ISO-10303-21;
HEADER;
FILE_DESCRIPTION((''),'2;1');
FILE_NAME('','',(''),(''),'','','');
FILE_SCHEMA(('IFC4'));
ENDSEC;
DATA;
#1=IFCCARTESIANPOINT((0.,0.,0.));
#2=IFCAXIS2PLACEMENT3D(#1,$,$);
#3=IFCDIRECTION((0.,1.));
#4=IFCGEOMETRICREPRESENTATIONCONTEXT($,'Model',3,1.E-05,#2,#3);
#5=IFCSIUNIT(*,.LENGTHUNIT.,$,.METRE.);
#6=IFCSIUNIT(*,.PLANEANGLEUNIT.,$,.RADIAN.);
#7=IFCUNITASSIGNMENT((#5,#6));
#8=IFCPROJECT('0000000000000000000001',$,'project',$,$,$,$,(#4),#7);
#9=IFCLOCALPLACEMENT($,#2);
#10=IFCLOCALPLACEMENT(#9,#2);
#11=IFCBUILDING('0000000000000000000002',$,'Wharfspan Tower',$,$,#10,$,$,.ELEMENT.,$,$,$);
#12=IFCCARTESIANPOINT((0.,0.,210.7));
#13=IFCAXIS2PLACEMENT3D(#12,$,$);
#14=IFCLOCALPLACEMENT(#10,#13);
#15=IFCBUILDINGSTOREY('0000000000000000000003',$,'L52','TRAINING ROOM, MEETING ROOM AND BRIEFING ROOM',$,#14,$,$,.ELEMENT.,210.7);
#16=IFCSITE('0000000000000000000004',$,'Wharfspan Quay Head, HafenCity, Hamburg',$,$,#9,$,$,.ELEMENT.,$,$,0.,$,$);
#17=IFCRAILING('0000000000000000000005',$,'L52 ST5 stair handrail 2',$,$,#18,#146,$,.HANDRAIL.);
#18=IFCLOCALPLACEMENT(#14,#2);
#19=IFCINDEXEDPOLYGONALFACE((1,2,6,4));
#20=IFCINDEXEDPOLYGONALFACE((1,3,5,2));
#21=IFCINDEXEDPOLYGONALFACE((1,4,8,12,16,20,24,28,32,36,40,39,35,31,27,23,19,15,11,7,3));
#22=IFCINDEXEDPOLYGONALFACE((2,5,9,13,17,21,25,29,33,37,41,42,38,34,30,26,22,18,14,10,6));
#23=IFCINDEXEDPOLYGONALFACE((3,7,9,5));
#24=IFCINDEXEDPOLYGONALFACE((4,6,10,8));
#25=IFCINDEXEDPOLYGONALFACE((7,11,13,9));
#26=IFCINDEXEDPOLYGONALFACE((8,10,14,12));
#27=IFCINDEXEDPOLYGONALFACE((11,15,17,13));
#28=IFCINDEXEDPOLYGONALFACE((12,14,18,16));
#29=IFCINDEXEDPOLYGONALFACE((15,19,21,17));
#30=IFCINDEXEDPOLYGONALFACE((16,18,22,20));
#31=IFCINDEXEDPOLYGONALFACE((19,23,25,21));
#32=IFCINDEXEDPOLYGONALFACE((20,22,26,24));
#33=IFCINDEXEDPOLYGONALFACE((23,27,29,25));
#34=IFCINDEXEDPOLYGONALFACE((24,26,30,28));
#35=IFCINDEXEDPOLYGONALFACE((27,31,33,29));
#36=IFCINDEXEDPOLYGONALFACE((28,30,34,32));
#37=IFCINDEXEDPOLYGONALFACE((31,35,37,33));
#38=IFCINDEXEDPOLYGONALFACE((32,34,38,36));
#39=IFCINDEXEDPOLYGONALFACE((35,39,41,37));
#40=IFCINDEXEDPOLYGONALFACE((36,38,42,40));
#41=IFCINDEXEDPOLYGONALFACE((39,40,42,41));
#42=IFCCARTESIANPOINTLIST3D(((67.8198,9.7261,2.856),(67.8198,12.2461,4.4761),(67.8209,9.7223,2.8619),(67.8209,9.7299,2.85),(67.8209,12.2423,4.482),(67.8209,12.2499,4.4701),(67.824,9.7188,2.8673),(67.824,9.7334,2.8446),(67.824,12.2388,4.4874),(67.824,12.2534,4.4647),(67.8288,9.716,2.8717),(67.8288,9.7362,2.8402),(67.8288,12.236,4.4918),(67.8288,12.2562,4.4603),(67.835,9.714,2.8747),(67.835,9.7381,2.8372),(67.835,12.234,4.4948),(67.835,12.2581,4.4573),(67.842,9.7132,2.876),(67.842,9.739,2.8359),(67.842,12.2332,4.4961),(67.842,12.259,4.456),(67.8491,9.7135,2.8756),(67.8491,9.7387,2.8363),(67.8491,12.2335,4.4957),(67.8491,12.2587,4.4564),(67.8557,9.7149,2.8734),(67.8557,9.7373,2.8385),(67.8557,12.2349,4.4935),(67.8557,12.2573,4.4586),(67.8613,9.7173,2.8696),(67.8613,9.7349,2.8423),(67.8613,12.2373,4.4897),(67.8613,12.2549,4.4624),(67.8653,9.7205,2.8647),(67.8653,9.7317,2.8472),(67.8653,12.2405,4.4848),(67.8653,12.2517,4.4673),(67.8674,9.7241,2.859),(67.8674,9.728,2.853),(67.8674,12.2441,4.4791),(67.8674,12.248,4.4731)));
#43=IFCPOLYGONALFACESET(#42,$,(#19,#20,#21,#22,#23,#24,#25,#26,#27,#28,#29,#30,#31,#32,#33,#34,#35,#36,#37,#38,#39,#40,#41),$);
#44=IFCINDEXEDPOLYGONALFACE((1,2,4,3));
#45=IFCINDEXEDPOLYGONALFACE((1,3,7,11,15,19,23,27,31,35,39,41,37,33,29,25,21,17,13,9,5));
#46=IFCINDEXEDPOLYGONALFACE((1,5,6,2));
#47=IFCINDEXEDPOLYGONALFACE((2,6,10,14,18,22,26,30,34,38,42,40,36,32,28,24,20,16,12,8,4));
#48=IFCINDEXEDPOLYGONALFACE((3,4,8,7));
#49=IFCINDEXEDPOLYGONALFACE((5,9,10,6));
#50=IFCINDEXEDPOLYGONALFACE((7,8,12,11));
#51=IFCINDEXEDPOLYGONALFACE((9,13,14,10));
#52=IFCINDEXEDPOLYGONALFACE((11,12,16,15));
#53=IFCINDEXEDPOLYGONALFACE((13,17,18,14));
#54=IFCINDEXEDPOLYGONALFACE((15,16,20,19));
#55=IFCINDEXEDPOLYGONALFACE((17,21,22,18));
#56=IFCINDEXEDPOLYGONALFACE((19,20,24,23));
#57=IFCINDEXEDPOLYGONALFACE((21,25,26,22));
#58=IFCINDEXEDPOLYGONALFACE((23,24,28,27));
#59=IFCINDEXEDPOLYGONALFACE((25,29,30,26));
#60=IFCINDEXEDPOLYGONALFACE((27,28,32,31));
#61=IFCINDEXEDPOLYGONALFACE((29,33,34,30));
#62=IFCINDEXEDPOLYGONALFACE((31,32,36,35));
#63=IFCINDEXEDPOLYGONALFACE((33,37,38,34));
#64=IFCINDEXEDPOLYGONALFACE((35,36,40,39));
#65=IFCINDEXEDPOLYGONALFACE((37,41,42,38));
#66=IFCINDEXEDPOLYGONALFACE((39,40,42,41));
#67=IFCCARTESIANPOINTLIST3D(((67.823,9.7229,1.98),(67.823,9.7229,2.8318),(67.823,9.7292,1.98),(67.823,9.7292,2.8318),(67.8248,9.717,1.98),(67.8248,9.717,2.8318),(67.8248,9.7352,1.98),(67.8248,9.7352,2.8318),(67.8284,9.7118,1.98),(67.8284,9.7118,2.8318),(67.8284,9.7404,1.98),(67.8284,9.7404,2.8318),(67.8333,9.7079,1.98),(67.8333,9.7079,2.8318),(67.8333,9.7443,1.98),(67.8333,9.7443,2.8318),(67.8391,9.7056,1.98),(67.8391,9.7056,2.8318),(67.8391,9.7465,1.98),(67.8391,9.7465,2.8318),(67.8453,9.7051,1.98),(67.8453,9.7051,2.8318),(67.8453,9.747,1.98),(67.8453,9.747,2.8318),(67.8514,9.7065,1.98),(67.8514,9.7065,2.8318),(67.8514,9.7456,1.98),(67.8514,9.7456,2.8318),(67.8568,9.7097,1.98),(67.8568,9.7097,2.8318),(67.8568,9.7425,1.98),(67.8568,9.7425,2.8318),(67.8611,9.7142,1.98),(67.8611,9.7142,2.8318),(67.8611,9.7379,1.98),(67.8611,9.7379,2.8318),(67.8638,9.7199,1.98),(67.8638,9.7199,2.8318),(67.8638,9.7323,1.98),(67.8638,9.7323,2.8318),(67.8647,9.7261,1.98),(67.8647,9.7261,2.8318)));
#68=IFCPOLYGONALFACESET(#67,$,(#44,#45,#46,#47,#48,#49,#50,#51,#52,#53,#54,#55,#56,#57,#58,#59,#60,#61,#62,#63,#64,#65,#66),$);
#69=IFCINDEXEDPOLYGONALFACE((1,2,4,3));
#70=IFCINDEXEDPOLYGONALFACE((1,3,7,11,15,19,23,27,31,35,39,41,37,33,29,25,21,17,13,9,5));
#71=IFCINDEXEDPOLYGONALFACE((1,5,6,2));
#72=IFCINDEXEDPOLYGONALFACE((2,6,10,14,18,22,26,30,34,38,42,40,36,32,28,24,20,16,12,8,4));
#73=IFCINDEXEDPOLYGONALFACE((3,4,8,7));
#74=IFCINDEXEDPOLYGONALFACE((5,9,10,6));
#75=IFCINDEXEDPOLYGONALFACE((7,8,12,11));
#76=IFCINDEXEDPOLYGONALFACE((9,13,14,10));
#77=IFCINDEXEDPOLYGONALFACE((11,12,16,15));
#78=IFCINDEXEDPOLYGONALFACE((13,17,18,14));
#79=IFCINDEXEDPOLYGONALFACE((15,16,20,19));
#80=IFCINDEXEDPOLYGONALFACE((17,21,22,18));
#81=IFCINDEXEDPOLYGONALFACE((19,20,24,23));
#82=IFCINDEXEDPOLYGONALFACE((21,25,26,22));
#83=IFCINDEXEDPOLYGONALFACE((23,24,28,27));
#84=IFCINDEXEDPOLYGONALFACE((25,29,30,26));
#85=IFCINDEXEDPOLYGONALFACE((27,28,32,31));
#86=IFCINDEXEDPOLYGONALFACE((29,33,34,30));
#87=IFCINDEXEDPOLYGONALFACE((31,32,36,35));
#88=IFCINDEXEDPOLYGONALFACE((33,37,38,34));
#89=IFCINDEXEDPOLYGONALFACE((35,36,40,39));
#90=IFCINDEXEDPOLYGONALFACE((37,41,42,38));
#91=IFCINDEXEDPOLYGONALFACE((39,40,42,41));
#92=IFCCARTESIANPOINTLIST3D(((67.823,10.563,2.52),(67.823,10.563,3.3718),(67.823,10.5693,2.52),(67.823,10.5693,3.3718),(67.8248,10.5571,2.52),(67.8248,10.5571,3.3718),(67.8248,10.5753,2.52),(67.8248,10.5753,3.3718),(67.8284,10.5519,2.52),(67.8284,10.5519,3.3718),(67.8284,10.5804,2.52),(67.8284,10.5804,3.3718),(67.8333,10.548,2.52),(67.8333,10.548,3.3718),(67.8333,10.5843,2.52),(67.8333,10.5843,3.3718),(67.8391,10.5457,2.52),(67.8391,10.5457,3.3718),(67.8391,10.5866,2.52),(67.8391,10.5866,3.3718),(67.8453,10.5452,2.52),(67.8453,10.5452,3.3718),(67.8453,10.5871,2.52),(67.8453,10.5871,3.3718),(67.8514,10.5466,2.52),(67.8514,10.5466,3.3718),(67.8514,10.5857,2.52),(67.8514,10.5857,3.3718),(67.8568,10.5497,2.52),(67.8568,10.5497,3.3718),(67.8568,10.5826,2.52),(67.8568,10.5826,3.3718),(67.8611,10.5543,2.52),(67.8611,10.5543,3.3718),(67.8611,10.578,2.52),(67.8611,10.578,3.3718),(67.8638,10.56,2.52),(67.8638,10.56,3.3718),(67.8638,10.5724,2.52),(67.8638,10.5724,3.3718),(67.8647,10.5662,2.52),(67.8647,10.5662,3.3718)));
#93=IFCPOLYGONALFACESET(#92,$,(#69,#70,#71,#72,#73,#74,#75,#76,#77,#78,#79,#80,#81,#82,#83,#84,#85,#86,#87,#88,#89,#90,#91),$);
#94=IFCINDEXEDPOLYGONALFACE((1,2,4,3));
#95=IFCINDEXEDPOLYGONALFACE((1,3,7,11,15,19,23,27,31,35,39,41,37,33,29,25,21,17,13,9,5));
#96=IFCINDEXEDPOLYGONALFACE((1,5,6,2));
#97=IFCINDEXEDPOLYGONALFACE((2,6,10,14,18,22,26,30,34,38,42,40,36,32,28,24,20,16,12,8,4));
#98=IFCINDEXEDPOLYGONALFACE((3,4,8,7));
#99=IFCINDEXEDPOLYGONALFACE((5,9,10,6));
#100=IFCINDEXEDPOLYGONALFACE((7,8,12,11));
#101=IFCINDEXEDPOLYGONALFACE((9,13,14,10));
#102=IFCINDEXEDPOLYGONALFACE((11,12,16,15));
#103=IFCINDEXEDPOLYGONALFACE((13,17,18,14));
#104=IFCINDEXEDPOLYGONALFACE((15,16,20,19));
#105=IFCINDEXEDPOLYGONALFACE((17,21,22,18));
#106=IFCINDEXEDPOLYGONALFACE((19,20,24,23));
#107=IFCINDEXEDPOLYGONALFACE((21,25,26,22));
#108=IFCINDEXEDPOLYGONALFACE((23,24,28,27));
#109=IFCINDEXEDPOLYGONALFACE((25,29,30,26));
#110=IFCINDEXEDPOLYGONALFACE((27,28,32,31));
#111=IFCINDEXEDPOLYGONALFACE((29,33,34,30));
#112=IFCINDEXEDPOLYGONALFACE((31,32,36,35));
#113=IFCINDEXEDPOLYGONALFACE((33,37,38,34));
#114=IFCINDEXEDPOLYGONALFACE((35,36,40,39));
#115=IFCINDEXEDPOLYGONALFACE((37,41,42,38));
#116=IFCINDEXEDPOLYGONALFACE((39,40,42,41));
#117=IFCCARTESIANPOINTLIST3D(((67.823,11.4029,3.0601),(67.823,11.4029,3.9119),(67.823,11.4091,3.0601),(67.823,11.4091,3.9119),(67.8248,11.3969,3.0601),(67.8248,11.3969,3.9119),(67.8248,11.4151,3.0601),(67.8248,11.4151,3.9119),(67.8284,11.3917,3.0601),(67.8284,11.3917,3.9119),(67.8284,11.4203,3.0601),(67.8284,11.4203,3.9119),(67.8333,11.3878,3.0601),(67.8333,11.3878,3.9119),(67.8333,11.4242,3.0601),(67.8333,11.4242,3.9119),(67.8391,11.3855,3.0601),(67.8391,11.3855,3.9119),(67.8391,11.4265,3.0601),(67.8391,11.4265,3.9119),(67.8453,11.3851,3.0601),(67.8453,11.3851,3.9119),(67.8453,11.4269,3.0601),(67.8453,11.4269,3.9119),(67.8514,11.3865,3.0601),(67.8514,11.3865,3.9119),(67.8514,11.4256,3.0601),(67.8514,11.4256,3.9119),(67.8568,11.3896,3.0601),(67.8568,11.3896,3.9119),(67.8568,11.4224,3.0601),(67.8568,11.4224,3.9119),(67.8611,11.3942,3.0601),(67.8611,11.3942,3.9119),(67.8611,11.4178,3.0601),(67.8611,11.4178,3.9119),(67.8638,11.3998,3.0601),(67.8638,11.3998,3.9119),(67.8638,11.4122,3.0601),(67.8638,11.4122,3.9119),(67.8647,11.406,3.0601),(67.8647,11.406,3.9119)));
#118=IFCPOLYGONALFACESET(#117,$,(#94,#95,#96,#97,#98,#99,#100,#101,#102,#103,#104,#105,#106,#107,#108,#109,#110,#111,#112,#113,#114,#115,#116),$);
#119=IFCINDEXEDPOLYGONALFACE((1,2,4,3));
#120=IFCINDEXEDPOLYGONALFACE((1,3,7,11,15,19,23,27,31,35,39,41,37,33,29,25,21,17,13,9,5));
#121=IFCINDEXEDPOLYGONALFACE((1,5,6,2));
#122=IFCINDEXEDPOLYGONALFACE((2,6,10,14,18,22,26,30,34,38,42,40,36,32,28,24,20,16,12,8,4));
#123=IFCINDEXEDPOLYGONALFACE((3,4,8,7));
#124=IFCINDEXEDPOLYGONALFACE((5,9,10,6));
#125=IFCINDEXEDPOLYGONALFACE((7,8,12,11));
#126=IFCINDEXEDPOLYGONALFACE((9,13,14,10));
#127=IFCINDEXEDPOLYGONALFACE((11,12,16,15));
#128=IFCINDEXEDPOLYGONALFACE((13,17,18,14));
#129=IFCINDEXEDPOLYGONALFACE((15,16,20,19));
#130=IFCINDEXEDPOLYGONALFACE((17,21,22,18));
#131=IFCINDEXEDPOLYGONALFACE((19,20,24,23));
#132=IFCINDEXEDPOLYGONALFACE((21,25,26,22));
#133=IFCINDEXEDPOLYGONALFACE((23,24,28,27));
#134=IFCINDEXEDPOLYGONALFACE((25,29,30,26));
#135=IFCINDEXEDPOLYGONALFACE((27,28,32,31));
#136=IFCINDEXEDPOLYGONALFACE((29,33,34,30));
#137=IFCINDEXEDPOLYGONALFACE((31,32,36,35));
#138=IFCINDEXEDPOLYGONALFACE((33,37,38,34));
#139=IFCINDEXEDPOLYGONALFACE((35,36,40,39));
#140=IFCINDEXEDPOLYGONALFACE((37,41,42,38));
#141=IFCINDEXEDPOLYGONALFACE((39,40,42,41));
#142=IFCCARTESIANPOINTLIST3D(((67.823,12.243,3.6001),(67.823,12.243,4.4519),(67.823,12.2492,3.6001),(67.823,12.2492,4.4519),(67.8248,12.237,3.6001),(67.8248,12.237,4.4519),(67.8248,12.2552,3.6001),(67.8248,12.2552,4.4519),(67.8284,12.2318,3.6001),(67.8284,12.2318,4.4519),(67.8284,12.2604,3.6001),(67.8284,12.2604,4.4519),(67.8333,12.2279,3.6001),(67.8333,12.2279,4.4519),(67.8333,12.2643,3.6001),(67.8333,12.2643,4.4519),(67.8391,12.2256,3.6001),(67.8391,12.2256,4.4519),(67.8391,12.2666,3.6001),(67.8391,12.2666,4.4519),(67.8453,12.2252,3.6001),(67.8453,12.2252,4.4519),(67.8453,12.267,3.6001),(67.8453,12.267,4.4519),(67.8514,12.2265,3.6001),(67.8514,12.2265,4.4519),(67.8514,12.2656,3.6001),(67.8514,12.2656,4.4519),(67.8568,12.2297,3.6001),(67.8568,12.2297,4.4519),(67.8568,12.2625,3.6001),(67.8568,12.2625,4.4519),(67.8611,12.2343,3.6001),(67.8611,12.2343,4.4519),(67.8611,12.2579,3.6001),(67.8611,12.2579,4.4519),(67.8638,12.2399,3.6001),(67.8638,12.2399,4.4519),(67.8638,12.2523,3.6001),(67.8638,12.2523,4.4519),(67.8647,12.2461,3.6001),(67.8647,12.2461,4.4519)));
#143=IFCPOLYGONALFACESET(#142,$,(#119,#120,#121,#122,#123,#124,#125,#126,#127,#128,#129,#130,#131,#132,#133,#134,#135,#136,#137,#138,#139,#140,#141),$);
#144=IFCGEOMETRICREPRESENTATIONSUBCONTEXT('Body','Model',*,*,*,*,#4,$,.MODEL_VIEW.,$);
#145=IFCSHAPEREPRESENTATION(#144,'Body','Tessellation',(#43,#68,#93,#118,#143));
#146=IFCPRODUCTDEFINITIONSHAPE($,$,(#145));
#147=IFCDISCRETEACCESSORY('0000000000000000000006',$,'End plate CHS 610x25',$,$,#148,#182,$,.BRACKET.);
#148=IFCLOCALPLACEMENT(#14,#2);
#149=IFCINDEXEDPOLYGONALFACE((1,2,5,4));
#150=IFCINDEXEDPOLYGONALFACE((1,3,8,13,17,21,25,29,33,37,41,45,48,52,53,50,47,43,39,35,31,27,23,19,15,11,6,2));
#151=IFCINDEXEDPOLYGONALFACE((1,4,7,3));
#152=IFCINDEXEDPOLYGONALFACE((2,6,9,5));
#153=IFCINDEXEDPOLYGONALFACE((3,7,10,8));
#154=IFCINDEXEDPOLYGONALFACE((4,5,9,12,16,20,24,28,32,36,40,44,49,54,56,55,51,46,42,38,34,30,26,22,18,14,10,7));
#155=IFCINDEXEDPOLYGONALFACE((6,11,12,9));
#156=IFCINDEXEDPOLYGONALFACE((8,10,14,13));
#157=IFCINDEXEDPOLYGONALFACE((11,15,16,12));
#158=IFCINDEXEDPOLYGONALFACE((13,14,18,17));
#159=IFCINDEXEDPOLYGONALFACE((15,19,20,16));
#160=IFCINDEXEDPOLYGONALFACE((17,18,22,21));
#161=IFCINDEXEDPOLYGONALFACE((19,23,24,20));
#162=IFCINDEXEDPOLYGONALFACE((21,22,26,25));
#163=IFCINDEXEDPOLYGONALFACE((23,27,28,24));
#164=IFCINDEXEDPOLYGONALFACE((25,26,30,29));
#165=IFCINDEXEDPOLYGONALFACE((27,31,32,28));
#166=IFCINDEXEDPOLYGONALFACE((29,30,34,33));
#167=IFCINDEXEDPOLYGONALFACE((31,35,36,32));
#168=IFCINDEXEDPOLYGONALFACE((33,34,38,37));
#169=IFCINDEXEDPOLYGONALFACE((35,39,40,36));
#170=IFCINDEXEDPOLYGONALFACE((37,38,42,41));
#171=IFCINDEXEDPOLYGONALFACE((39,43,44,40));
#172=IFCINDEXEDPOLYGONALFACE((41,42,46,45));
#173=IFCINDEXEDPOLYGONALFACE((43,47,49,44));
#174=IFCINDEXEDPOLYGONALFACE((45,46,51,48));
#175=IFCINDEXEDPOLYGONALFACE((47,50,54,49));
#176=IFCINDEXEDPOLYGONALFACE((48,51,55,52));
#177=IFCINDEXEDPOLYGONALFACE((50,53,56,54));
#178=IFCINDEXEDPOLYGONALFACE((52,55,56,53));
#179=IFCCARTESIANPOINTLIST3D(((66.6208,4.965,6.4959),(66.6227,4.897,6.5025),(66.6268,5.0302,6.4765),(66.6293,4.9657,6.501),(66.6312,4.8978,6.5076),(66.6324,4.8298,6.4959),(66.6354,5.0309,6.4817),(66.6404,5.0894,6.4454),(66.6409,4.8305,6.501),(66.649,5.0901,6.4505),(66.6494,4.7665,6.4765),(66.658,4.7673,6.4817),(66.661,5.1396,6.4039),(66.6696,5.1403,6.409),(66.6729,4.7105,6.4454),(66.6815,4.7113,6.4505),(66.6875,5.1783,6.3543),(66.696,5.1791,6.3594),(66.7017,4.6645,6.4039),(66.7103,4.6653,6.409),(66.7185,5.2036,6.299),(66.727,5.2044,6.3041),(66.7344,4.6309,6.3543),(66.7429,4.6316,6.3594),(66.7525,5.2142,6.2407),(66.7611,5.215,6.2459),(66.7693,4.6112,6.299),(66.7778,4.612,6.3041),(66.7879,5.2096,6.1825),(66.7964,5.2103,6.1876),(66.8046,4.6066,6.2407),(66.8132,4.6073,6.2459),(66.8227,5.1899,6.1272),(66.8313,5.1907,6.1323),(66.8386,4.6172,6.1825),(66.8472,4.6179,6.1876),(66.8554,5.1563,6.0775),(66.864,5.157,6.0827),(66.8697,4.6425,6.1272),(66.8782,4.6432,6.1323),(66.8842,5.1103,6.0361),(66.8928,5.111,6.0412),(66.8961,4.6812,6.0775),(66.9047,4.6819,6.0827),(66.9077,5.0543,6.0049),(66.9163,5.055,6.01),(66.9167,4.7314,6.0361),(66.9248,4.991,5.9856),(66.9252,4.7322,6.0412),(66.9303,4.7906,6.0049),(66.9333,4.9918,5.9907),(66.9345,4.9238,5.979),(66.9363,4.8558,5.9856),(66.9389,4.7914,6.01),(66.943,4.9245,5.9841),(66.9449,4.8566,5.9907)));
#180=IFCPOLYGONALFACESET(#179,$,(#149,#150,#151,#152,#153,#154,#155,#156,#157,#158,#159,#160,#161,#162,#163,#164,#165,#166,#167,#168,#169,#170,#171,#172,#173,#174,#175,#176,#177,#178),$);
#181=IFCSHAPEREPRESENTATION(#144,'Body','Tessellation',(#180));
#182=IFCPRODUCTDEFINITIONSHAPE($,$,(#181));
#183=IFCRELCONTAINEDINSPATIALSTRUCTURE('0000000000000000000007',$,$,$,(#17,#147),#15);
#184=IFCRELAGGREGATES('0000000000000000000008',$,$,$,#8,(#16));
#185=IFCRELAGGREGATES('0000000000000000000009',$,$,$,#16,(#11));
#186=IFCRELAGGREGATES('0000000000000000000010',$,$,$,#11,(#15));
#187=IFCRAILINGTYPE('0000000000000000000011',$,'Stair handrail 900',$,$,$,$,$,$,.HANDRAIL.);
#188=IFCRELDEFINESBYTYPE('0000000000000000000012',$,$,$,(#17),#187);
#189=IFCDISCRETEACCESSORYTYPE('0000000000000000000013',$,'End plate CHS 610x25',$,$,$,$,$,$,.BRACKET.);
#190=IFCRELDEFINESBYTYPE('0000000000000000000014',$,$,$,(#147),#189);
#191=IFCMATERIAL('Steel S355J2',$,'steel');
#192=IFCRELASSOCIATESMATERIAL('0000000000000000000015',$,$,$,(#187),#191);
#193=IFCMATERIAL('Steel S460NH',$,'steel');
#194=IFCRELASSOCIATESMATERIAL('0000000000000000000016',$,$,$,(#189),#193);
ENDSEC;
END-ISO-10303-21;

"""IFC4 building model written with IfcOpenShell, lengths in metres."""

from ifc_helpers import new_model, si_unit, direction, frame, origin, origin_2d, place, context, subcontext, project, spatial, circle, extrude, material, material_profile, profile_set, type_object, element, save


model = new_model("IFC4")

# Units and contexts
model_context = context("Model", 3, precision=1e-05, world=origin(), true_north=direction((0.0, 1.0)))
body_context = subcontext(model_context, "Body", "Model", "MODEL_VIEW")
ifc_project = project(units=[si_unit("LENGTHUNIT", "METRE"), si_unit("PLANEANGLEUNIT", "RADIAN")], contexts=[model_context])

# Site, building, storey
site_placement = place(None, origin())
site = spatial("IfcSite", under=ifc_project, at=site_placement, Name="Wharfspan Quay Head, HafenCity, Hamburg", CompositionType="ELEMENT", RefElevation=0.0)
building_placement = place(site_placement, origin())
building = spatial("IfcBuilding", under=site, at=building_placement, Name="Wharfspan Tower", CompositionType="ELEMENT")
storey_placement = place(building_placement, frame((0.0, 0.0, 210.7)))
storey = spatial("IfcBuildingStorey", under=building, at=storey_placement, Name="L52", Description="TRAINING ROOM, MEETING ROOM AND BRIEFING ROOM", CompositionType="ELEMENT", Elevation=210.7)

# Shared definitions
ifc_material_1 = material(Name="Steel S355J2", Category="steel")

# Shared definitions
ifc_material_2 = material(Name="Steel S460NH", Category="steel")

# Railing
railing_type_1 = type_object("IfcRailingType", Name="Stair handrail 900", PredefinedType="HANDRAIL", material=ifc_material_1)
railing_1_placement = place(storey_placement, frame((67.8438, 9.7261, 1.98)))
element("IfcRailing", 1, at=railing_1_placement, inside=storey, type_object=railing_type_1, Name="L52 ST5 stair handrail 2", PredefinedType="HANDRAIL", context=body_context, shape_type="SweptSolid", body=[
    extrude(circle(Radius=0.0239, at=origin_2d()), frame((0.0, 0.0, 0.876), z_axis=(0.0, 0.841163, 0.540782), x_axis=(-1.0, 0.0, 0.0)), (0.0, 0.0, 1.0), 2.9958),
    extrude(circle(Radius=0.021, at=origin_2d()), origin(), (0.0, 0.0, 1.0), 0.8518),
    extrude(circle(Radius=0.021, at=origin_2d()), frame((0.0, 0.8401, 0.54)), (0.0, 0.0, 1.0), 0.8518),
    extrude(circle(Radius=0.021, at=origin_2d()), frame((0.0, 1.6799, 1.0801)), (0.0, 0.0, 1.0), 0.8518),
    extrude(circle(Radius=0.021, at=origin_2d()), frame((0.0, 2.52, 1.6201)), (0.0, 0.0, 1.0), 0.8518),
])

# Discrete accessory
ifc_material_profile_1 = material_profile(ifc_material_2, circle(Radius=0.3049, at=origin_2d()))
ifc_profile_set_1 = profile_set([ifc_material_profile_1], Name="Steel S460NH")
discrete_accessory_type = type_object("IfcDiscreteAccessoryType", Name="End plate CHS 610x25", PredefinedType="BRACKET", material=ifc_profile_set_1)
for number, where, z_axis, x_axis, name in (
    (2, (66.7786, 4.9104, 6.2407), (0.855186, 0.073302, 0.513112), (-0.085402, 0.996345, 0.000001), "End plate CHS 610x25"),
):
    element("IfcDiscreteAccessory", number, at=place(storey_placement, frame(where, z_axis=z_axis, x_axis=x_axis)), inside=storey, type_object=discrete_accessory_type, Name=name, PredefinedType="BRACKET", context=body_context, shape_type="SweptSolid", body=[
        extrude(circle(Radius=0.3049, at=origin_2d()), origin(), (0.0, 0.0, 1.0), 0.01),
    ])

save(model, "model.ifc")
